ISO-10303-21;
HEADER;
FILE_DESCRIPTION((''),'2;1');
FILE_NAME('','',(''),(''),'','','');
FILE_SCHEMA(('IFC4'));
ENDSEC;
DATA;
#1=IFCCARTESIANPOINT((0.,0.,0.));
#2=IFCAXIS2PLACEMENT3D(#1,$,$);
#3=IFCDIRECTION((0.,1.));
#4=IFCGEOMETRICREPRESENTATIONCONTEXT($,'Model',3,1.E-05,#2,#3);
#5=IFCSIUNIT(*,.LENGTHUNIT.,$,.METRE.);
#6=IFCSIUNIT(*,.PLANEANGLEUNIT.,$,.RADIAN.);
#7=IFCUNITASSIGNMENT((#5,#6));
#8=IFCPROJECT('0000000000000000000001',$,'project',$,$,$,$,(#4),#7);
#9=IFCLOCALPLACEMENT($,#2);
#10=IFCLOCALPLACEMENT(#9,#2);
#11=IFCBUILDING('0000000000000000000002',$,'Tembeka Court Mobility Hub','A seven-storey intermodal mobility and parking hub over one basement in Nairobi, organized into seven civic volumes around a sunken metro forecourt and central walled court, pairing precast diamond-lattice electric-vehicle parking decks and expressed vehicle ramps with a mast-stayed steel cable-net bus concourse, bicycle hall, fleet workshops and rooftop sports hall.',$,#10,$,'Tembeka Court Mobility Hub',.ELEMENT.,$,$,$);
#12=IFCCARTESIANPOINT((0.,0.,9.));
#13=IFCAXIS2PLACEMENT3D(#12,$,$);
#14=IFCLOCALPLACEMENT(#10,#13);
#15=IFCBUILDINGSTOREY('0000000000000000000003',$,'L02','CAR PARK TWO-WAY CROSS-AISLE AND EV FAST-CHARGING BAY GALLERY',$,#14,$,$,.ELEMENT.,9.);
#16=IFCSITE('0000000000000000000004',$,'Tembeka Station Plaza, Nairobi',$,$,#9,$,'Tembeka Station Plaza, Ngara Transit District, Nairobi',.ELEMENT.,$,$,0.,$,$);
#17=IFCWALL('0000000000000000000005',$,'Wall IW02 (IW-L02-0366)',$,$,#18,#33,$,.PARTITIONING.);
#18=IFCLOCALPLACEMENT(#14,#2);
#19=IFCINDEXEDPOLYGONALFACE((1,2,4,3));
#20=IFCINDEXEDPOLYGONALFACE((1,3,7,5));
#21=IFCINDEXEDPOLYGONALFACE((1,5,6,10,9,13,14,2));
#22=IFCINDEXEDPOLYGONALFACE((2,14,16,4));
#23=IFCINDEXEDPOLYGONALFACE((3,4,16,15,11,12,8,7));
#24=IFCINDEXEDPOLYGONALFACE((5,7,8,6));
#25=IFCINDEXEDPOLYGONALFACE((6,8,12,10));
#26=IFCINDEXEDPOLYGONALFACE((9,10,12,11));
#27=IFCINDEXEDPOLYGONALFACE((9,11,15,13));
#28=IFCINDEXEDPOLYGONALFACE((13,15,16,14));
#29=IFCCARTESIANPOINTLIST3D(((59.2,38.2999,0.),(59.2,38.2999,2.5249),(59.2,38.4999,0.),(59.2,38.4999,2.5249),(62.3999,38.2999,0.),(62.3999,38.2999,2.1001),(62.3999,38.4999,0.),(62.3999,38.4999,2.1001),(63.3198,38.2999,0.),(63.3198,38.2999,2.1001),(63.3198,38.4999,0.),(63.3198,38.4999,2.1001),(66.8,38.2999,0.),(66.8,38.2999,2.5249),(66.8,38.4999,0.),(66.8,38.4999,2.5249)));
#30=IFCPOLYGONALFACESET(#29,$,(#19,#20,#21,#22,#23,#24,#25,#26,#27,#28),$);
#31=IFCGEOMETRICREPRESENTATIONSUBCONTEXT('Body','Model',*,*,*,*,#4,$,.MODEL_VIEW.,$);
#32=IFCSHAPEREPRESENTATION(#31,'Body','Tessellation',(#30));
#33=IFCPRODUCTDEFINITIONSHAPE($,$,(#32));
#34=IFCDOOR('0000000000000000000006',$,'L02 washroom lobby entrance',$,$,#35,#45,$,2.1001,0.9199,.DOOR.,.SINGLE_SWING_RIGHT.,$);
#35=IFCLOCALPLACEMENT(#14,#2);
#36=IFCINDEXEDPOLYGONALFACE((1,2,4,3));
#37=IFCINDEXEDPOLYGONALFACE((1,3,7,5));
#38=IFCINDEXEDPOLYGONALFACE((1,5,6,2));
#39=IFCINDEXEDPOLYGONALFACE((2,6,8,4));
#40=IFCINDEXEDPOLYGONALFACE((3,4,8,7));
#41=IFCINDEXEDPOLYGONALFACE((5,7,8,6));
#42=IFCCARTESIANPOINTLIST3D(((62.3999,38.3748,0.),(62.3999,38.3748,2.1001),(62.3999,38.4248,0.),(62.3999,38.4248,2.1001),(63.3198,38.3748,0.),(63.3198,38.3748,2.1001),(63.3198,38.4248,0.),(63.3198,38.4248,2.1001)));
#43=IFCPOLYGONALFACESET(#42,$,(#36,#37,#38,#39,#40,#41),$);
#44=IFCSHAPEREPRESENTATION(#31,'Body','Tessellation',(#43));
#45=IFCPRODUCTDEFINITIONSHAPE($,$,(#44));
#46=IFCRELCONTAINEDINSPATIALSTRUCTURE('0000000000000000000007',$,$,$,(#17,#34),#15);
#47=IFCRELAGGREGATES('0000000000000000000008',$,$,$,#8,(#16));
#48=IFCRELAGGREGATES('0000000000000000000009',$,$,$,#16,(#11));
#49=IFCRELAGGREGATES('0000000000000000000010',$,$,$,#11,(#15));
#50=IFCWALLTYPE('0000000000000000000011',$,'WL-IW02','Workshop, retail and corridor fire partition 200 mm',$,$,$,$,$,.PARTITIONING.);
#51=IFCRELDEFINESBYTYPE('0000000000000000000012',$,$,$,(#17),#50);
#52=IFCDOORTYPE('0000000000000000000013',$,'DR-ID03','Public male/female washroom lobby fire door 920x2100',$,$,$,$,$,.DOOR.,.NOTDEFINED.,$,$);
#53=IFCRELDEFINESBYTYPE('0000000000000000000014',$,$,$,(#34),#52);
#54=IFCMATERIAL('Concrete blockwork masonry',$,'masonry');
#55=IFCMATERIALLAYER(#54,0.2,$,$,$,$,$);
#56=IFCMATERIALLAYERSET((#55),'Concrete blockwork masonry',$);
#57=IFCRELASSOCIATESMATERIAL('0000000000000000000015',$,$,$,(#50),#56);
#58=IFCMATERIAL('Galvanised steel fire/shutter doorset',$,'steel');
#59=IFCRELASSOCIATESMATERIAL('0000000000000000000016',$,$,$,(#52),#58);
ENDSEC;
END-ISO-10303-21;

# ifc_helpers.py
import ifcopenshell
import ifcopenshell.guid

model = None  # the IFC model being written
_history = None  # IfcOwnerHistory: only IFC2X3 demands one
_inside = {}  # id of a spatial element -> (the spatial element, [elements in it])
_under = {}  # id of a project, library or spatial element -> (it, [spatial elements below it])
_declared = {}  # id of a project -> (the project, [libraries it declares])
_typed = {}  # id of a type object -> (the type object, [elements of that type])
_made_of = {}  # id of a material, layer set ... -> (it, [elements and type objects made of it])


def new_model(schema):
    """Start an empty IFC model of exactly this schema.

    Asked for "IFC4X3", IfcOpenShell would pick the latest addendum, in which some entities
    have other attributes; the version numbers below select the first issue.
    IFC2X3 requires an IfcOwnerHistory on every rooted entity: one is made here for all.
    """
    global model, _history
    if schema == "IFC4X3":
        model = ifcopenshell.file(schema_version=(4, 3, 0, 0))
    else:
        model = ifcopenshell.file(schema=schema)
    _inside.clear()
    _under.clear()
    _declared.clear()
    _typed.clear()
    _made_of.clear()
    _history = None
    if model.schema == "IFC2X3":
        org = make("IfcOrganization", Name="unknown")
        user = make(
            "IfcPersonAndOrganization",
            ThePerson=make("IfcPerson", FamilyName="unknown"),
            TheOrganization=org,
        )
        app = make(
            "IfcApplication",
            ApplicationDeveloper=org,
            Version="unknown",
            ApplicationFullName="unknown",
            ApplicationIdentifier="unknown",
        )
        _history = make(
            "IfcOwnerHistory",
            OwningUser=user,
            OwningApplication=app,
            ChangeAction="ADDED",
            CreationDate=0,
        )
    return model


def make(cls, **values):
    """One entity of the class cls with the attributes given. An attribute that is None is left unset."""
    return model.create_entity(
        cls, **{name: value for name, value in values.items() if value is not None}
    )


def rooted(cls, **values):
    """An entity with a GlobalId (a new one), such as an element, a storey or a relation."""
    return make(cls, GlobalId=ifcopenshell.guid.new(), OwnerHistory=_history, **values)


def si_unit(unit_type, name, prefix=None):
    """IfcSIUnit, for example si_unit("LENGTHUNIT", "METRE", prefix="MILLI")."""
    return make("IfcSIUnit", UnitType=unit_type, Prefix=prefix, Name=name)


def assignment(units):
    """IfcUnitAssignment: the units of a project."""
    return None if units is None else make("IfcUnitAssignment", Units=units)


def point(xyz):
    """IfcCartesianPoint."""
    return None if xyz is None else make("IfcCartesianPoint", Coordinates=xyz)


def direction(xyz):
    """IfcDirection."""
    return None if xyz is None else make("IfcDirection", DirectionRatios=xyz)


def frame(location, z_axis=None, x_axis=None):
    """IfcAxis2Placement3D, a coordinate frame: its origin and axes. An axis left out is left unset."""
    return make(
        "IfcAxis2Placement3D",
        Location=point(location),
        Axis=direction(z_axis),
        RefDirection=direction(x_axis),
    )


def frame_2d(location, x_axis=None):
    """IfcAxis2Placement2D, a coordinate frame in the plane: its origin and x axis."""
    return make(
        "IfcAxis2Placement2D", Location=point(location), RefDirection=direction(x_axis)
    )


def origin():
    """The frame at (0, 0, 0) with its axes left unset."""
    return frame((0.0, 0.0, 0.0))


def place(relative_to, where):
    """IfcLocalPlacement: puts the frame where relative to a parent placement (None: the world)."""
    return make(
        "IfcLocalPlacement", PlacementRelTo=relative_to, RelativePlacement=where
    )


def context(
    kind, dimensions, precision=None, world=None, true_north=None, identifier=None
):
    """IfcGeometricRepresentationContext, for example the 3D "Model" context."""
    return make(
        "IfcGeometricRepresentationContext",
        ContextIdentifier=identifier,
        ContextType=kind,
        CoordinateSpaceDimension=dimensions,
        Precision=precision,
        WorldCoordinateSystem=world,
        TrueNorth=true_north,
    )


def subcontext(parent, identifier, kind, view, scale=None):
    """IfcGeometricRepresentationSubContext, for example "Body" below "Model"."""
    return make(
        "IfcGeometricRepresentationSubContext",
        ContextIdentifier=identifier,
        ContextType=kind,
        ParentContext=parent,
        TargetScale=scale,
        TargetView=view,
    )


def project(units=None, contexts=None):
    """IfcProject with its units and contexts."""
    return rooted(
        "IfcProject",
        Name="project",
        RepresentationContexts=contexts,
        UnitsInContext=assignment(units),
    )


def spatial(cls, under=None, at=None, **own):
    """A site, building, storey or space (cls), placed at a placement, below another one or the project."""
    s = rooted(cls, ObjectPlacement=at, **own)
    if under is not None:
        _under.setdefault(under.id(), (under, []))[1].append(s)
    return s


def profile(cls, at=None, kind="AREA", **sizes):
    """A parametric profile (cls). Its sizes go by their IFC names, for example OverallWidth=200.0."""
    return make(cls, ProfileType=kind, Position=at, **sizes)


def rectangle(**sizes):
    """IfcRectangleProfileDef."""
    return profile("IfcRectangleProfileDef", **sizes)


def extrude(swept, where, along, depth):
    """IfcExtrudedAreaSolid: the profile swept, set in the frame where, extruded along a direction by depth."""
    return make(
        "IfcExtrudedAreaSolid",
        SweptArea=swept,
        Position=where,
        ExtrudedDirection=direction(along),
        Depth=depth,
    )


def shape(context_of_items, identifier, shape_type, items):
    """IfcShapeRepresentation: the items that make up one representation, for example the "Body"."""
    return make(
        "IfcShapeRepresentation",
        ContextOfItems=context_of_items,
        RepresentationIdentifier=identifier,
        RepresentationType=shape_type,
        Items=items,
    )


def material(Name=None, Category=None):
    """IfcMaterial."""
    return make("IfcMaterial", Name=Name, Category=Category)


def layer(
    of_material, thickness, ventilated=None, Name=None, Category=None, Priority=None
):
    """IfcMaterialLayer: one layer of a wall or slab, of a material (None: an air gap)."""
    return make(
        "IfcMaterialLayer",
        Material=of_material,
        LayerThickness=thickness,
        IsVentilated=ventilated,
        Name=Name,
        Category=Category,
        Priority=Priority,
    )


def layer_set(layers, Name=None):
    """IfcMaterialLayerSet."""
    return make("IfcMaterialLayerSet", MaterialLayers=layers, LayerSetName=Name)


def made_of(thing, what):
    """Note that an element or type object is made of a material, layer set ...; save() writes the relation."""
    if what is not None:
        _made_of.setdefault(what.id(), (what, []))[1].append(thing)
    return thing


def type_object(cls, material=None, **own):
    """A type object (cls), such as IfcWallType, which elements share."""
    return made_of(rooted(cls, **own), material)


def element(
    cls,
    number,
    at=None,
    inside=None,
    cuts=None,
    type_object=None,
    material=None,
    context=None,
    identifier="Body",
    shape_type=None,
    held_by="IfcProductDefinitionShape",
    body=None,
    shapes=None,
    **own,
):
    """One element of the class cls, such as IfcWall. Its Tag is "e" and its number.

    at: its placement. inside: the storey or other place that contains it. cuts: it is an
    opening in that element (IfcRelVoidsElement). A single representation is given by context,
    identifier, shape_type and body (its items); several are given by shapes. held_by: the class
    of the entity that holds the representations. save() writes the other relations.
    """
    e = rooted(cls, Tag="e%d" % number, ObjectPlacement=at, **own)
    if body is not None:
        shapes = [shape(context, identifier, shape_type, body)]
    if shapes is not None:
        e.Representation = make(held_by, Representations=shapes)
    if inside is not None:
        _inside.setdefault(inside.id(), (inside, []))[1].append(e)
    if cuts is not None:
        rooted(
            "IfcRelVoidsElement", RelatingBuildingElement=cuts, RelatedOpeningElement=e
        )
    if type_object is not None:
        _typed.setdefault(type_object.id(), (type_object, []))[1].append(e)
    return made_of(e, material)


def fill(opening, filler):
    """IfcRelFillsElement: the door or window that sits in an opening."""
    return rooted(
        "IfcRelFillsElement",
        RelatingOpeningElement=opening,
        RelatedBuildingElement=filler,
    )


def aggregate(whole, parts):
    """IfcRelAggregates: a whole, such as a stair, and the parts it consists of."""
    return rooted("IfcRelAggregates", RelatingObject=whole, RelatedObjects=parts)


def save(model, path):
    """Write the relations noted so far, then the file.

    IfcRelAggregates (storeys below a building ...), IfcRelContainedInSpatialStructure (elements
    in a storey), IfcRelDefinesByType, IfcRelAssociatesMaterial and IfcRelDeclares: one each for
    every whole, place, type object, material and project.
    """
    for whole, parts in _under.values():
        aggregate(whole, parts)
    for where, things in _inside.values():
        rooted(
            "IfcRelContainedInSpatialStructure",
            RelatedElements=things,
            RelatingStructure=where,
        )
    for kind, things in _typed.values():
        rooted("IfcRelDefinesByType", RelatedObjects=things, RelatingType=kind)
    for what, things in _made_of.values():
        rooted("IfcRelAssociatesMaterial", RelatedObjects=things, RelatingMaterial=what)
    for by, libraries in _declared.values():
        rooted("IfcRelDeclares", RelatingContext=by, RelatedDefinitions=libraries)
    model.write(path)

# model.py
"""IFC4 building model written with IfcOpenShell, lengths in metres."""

from ifc_helpers import new_model, si_unit, direction, frame, frame_2d, origin, place, context, subcontext, project, spatial, rectangle, extrude, material, layer, layer_set, type_object, element, fill, save


model = new_model("IFC4")

# Units and contexts
model_context = context("Model", 3, precision=1e-05, world=origin(), true_north=direction((0.0, 1.0)))
body_context = subcontext(model_context, "Body", "Model", "MODEL_VIEW")
ifc_project = project(units=[si_unit("LENGTHUNIT", "METRE"), si_unit("PLANEANGLEUNIT", "RADIAN")], contexts=[model_context])

# Site, building, storey
site_placement = place(None, origin())
site = spatial("IfcSite", under=ifc_project, at=site_placement, Name="Tembeka Station Plaza, Nairobi", LongName="Tembeka Station Plaza, Ngara Transit District, Nairobi", CompositionType="ELEMENT", RefElevation=0.0)
building_placement = place(site_placement, origin())
building = spatial("IfcBuilding", under=site, at=building_placement, Name="Tembeka Court Mobility Hub", Description="A seven-storey intermodal mobility and parking hub over one basement in Nairobi, organized into seven civic volumes around a sunken metro forecourt and central walled court, pairing precast diamond-lattice electric-vehicle parking decks and expressed vehicle ramps with a mast-stayed steel cable-net bus concourse, bicycle hall, fleet workshops and rooftop sports hall.", LongName="Tembeka Court Mobility Hub", CompositionType="ELEMENT")
storey_placement = place(building_placement, frame((0.0, 0.0, 9.0)))
storey = spatial("IfcBuildingStorey", under=building, at=storey_placement, Name="L02", Description="CAR PARK TWO-WAY CROSS-AISLE AND EV FAST-CHARGING BAY GALLERY", CompositionType="ELEMENT", Elevation=9.0)

# Wall, opening, door
ifc_material_1 = material(Name="Concrete blockwork masonry", Category="masonry")
ifc_layer = layer(ifc_material_1, 0.2)
ifc_layer_set = layer_set([ifc_layer], Name="Concrete blockwork masonry")
wall_type = type_object("IfcWallType", Name="WL-IW02", Description="Workshop, retail and corridor fire partition 200 mm", PredefinedType="PARTITIONING", material=ifc_layer_set)
wall_placement = place(storey_placement, frame((59.2, 38.3999, 0.0), z_axis=(0.0, 0.0, 1.0), x_axis=(1.0, 0.0, 0.0)))
wall = element("IfcWall", 1, at=wall_placement, inside=storey, type_object=wall_type, Name="Wall IW02 (IW-L02-0366)", PredefinedType="PARTITIONING", context=body_context, shape_type="SweptSolid", body=[
    extrude(rectangle(XDim=7.6001, YDim=0.2, at=frame_2d((3.8, 0.0))), origin(), (0.0, 0.0, 1.0), 2.5249),
])
opening_placement = place(wall_placement, frame((3.2, 0.0, 0.0)))
opening = element("IfcOpeningElement", 2, at=opening_placement, cuts=wall, PredefinedType="OPENING", context=body_context, shape_type="SweptSolid", body=[
    extrude(rectangle(XDim=0.9199, YDim=2.1001, at=frame_2d((0.46, 1.05))), frame((0.0, 0.1099, 0.0), z_axis=(0.0, -1.0, 0.0), x_axis=(1.0, 0.0, 0.0)), (0.0, 0.0, 1.0), 0.22),
])
ifc_material_2 = material(Name="Galvanised steel fire/shutter doorset", Category="steel")
door_type = type_object("IfcDoorType", Name="DR-ID03", Description="Public male/female washroom lobby fire door 920x2100", OperationType="NOTDEFINED", PredefinedType="DOOR", material=ifc_material_2)
door_placement = place(opening_placement, origin())
door = element("IfcDoor", 3, at=door_placement, inside=storey, type_object=door_type, Name="L02 washroom lobby entrance", OperationType="SINGLE_SWING_RIGHT", OverallHeight=2.1001, OverallWidth=0.9199, PredefinedType="DOOR", context=body_context, shape_type="SweptSolid", body=[
    extrude(rectangle(XDim=0.9199, YDim=2.1001, at=frame_2d((0.46, 1.05))), frame((0.0, 0.0249, 0.0), z_axis=(0.0, -1.0, 0.0), x_axis=(1.0, 0.0, 0.0)), (0.0, 0.0, 1.0), 0.05),
])
fill(opening, door)

save(model, "model.ifc")
